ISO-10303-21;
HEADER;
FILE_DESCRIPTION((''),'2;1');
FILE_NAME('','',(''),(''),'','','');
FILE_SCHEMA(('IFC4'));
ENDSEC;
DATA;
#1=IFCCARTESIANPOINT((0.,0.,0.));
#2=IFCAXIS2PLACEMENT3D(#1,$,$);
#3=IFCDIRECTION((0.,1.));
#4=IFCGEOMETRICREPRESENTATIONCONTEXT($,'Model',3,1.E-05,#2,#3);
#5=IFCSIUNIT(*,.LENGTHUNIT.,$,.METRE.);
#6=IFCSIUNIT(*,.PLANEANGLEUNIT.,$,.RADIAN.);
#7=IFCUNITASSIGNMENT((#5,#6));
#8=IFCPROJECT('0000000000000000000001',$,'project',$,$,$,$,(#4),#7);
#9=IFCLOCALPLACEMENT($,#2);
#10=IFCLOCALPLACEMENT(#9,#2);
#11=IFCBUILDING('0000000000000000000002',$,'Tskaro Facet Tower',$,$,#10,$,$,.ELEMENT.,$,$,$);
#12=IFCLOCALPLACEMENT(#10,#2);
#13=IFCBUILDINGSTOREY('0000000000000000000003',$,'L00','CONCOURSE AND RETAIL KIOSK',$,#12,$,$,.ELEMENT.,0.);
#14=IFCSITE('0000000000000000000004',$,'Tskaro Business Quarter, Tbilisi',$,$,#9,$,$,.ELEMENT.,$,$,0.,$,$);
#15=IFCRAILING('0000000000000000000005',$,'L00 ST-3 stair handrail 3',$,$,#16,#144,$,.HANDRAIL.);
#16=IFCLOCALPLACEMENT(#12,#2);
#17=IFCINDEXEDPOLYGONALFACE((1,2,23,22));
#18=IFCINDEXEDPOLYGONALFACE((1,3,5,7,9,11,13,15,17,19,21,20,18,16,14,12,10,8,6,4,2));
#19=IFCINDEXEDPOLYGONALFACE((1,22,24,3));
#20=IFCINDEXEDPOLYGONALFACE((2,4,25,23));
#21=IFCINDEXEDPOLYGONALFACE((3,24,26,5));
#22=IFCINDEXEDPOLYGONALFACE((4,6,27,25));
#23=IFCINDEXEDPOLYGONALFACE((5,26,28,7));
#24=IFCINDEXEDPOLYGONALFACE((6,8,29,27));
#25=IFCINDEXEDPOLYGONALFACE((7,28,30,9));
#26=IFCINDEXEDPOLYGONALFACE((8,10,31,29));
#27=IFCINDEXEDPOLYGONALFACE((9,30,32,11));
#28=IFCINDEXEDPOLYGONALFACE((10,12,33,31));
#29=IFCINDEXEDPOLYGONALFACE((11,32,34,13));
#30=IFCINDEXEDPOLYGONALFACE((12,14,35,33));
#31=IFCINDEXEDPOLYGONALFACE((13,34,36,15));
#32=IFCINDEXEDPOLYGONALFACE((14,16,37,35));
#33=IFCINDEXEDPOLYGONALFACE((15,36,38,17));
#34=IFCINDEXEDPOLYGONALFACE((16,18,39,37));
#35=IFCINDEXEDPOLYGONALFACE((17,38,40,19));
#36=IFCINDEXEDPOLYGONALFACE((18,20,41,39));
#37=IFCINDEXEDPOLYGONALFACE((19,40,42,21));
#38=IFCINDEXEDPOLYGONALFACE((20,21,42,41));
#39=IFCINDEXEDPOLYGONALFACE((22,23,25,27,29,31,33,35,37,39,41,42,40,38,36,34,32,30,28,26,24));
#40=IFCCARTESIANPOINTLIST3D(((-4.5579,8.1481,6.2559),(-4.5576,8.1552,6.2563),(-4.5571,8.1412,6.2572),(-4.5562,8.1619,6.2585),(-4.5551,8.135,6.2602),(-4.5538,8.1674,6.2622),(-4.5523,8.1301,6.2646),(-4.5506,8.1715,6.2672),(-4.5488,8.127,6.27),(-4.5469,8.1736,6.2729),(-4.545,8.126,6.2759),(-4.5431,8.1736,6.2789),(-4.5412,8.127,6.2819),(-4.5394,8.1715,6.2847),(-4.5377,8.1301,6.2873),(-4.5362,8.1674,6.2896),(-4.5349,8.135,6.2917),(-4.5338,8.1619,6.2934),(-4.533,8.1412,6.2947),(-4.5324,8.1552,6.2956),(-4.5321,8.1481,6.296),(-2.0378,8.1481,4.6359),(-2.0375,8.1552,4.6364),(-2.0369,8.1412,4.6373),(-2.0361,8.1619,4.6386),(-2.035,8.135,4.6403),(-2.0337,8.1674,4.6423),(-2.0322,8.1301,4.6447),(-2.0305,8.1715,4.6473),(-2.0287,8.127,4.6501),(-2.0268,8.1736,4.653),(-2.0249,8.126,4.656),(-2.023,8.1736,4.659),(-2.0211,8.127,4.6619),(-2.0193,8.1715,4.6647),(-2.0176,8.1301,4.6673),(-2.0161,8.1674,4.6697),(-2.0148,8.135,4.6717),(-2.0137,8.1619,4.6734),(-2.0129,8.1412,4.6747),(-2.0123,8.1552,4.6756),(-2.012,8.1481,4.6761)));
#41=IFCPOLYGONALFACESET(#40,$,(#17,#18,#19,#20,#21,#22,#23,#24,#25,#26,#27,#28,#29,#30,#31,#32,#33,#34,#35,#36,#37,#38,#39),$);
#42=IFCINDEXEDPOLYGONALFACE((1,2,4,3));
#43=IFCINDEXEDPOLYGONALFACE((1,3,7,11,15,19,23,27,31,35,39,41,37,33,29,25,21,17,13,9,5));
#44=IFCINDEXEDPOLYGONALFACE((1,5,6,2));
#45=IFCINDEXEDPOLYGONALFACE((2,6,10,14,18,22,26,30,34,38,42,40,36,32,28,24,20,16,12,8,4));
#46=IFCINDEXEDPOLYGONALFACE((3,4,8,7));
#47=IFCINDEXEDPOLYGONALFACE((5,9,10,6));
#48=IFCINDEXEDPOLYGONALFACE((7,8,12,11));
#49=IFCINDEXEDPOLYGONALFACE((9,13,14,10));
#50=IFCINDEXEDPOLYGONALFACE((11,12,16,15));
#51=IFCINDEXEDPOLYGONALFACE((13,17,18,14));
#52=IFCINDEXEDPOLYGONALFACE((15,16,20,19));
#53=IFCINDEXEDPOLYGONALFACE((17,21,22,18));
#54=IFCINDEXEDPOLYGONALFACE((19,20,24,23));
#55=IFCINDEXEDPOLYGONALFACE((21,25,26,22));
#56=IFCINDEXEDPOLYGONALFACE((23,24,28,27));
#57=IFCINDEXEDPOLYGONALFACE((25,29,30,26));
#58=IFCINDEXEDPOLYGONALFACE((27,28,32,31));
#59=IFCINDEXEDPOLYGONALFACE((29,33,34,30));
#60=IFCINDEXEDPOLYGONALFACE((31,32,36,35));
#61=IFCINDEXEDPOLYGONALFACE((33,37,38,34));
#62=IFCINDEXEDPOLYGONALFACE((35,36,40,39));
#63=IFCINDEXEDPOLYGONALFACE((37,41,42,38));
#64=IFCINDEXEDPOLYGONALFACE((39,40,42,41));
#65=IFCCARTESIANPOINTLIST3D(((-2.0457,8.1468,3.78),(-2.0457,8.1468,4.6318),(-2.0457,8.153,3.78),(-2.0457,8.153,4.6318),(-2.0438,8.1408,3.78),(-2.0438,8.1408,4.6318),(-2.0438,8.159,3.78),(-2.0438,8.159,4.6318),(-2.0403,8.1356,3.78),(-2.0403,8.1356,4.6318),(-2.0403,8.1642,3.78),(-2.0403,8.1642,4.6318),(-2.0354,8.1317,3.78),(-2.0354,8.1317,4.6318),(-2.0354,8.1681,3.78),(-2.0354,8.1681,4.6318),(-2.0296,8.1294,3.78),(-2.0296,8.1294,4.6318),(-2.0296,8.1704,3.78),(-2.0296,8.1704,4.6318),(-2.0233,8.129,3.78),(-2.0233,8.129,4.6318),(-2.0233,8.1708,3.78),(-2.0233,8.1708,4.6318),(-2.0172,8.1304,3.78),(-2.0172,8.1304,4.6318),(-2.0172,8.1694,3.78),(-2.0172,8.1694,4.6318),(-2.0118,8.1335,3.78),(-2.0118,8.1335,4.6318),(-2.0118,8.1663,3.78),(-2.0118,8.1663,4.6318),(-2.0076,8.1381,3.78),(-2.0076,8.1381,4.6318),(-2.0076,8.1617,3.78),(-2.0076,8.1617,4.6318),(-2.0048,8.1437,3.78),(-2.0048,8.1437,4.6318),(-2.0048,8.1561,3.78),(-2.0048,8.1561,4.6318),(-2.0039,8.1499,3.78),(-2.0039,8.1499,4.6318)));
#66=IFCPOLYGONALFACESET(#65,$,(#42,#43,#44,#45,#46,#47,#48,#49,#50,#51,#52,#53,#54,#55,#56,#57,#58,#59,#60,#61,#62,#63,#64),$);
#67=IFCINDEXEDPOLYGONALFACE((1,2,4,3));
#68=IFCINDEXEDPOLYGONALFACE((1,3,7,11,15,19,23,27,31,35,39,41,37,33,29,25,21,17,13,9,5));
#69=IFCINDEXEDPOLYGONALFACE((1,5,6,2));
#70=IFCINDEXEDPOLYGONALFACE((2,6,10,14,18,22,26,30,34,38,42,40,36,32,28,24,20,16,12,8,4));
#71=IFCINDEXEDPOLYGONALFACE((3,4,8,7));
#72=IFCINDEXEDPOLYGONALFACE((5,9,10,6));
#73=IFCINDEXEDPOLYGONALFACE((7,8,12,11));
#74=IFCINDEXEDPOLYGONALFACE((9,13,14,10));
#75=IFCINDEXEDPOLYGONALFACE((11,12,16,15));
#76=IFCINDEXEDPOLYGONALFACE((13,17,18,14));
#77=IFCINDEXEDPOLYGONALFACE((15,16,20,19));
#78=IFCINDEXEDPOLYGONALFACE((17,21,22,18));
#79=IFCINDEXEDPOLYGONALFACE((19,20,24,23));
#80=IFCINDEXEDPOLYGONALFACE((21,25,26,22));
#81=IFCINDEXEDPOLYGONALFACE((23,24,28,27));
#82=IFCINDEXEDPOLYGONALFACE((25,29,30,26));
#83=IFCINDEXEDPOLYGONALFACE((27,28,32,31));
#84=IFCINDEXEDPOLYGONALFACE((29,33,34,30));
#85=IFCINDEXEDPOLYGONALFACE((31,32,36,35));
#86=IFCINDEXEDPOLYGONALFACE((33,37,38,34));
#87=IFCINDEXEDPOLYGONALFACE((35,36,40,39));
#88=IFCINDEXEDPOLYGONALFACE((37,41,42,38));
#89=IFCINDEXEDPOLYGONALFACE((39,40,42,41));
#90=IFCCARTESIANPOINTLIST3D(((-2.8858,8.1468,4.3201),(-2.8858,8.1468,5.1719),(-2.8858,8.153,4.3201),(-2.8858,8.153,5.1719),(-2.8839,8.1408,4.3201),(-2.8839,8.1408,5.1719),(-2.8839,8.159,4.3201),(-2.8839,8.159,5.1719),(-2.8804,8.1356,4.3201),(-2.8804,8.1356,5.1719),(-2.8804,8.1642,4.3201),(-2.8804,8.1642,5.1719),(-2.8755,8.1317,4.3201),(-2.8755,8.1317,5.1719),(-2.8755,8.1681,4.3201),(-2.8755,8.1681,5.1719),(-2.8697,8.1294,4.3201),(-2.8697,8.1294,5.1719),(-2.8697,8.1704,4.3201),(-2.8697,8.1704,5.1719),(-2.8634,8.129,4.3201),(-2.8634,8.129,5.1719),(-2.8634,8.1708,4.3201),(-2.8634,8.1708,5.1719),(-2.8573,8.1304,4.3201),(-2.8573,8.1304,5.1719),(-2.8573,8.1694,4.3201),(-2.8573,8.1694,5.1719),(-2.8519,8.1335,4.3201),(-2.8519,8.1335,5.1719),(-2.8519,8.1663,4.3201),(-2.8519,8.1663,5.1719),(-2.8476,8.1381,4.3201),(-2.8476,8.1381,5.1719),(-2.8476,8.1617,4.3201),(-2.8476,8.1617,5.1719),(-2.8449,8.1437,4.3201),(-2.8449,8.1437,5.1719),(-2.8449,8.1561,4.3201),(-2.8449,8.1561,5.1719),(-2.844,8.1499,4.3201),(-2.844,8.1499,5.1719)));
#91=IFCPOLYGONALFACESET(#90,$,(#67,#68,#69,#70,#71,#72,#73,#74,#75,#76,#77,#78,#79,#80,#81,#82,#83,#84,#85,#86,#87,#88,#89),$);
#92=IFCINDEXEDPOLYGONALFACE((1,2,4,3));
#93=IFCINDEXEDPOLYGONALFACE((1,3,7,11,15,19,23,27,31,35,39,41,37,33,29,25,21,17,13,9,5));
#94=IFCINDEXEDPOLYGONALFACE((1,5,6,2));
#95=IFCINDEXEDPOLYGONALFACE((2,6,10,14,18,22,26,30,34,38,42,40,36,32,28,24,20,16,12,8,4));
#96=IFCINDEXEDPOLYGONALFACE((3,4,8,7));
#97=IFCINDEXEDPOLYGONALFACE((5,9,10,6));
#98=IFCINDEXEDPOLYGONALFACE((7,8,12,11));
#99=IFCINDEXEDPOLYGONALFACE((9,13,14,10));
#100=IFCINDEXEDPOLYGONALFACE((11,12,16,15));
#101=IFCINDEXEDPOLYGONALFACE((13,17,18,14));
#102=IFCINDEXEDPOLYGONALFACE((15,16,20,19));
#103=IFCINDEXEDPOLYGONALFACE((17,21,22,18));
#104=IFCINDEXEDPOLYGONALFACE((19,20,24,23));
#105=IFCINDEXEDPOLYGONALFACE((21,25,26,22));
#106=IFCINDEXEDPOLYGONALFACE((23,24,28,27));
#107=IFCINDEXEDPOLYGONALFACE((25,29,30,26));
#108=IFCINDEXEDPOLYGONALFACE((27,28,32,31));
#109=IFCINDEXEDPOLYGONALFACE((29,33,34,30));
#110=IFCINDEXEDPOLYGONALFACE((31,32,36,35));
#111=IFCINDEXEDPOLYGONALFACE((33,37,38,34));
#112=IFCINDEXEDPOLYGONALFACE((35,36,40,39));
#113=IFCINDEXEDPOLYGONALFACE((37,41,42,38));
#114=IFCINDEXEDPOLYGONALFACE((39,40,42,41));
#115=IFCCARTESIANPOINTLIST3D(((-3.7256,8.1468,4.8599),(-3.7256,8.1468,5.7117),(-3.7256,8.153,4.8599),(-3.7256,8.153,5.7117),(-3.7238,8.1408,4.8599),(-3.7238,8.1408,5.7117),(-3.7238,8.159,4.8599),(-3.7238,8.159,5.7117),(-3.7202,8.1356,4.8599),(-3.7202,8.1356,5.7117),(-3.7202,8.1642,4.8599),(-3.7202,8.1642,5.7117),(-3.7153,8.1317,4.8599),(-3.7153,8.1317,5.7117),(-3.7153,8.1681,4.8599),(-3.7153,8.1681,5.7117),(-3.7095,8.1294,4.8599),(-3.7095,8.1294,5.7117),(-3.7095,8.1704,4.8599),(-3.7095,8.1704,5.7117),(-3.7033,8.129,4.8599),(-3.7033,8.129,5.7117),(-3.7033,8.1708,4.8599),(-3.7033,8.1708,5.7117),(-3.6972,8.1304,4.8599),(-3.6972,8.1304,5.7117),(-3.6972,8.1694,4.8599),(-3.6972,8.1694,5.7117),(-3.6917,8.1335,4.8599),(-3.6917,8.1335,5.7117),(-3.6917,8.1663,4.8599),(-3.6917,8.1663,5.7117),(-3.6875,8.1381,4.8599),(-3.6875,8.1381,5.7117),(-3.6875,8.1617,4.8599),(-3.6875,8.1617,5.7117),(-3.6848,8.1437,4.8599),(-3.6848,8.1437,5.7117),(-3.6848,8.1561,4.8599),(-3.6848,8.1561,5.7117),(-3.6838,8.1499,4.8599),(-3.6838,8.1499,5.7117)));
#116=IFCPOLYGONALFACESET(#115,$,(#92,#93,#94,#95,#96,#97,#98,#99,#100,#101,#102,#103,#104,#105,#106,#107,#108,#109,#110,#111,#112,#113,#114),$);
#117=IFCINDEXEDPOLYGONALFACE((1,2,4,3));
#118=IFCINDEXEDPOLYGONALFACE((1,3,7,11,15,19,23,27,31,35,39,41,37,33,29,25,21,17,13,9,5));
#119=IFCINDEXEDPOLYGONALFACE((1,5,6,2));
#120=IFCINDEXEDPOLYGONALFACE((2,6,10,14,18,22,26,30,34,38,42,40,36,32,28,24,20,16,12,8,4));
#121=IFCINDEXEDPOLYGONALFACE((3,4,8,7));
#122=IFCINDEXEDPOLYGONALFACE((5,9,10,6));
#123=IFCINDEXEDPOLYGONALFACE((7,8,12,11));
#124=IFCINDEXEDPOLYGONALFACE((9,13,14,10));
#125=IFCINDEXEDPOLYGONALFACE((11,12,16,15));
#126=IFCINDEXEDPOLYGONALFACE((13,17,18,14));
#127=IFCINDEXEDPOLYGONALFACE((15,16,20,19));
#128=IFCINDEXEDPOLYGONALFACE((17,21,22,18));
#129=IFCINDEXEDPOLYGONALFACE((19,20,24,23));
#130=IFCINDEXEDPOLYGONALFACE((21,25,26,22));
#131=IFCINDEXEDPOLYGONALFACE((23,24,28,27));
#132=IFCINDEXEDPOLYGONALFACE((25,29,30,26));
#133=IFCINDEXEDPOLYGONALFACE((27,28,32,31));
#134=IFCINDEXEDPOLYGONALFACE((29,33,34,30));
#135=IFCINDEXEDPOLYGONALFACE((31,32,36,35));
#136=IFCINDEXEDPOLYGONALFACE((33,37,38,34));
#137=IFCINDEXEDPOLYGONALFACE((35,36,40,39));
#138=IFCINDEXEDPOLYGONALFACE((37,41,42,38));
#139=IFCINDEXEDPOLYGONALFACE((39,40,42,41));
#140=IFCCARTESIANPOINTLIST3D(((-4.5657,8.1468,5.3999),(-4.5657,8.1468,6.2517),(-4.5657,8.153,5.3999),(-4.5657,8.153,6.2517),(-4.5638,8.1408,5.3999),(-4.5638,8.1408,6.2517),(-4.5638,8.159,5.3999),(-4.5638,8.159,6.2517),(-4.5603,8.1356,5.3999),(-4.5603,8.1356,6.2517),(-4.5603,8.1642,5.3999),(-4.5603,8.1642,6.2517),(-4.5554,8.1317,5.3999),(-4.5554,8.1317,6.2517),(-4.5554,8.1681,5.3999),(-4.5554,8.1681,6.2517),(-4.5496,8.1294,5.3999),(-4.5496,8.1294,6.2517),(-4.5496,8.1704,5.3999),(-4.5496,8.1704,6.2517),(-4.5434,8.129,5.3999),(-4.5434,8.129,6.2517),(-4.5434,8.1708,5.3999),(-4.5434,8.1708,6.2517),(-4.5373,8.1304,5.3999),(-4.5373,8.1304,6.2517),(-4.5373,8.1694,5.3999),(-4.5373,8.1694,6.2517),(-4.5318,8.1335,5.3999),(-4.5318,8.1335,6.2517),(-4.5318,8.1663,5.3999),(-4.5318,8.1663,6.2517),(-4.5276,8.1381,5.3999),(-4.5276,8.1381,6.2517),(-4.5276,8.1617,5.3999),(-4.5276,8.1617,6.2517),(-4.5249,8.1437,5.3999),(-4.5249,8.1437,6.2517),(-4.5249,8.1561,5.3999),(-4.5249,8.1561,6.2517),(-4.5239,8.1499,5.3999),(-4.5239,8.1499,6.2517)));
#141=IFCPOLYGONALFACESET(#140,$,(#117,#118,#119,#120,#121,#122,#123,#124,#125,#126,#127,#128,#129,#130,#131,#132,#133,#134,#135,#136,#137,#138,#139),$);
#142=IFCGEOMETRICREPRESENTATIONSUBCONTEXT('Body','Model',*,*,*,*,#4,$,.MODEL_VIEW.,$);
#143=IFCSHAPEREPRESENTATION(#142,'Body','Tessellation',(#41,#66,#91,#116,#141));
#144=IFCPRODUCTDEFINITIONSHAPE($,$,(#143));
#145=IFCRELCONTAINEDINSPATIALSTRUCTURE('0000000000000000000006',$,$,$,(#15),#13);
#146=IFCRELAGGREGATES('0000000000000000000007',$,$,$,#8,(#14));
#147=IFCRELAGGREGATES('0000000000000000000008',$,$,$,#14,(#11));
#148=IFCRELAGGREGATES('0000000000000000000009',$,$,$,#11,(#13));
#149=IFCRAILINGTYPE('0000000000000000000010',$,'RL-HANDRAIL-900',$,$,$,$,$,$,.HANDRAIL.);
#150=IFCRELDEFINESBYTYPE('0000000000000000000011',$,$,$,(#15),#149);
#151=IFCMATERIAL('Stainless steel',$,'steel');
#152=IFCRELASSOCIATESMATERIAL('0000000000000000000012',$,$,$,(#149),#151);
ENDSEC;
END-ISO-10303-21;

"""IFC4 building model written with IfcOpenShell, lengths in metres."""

from ifc_helpers import new_model, si_unit, direction, frame, origin, origin_2d, place, context, subcontext, project, spatial, circle, extrude, material, type_object, element, save


model = new_model("IFC4")

# Units and contexts
model_context = context("Model", 3, precision=1e-05, world=origin(), true_north=direction((0.0, 1.0)))
body_context = subcontext(model_context, "Body", "Model", "MODEL_VIEW")
ifc_project = project(units=[si_unit("LENGTHUNIT", "METRE"), si_unit("PLANEANGLEUNIT", "RADIAN")], contexts=[model_context])

# Site, building, storey
site_placement = place(None, origin())
site = spatial("IfcSite", under=ifc_project, at=site_placement, Name="Tskaro Business Quarter, Tbilisi", CompositionType="ELEMENT", RefElevation=0.0)
building_placement = place(site_placement, origin())
building = spatial("IfcBuilding", under=site, at=building_placement, Name="Tskaro Facet Tower", CompositionType="ELEMENT")
storey_placement = place(building_placement, origin())
storey = spatial("IfcBuildingStorey", under=building, at=storey_placement, Name="L00", Description="CONCOURSE AND RETAIL KIOSK", CompositionType="ELEMENT", Elevation=0.0)

# Railing
ifc_material_1 = material(Name="Stainless steel", Category="steel")
railing_type_1 = type_object("IfcRailingType", Name="RL-HANDRAIL-900", PredefinedType="HANDRAIL", material=ifc_material_1)
railing_1_placement = place(storey_placement, frame((-2.0249, 8.1499, 3.78)))
element("IfcRailing", 1, at=railing_1_placement, inside=storey, type_object=railing_type_1, Name="L00 ST-3 stair handrail 3", PredefinedType="HANDRAIL", context=body_context, shape_type="SweptSolid", body=[
    extrude(circle(Radius=0.0239, at=origin_2d()), frame((0.0, 0.0, 0.876), z_axis=(-0.8412, 0.0, 0.540725), x_axis=(0.0, -1.0, 0.0)), (0.0, 0.0, 1.0), 2.9958),
    extrude(circle(Radius=0.021, at=origin_2d()), origin(), (0.0, 0.0, 1.0), 0.8518),
    extrude(circle(Radius=0.021, at=origin_2d()), frame((-0.8401, 0.0, 0.54)), (0.0, 0.0, 1.0), 0.8518),
    extrude(circle(Radius=0.021, at=origin_2d()), frame((-1.6799, 0.0, 1.0798)), (0.0, 0.0, 1.0), 0.8518),
    extrude(circle(Radius=0.021, at=origin_2d()), frame((-2.52, 0.0, 1.6199)), (0.0, 0.0, 1.0), 0.8518),
])

save(model, "model.ifc")
